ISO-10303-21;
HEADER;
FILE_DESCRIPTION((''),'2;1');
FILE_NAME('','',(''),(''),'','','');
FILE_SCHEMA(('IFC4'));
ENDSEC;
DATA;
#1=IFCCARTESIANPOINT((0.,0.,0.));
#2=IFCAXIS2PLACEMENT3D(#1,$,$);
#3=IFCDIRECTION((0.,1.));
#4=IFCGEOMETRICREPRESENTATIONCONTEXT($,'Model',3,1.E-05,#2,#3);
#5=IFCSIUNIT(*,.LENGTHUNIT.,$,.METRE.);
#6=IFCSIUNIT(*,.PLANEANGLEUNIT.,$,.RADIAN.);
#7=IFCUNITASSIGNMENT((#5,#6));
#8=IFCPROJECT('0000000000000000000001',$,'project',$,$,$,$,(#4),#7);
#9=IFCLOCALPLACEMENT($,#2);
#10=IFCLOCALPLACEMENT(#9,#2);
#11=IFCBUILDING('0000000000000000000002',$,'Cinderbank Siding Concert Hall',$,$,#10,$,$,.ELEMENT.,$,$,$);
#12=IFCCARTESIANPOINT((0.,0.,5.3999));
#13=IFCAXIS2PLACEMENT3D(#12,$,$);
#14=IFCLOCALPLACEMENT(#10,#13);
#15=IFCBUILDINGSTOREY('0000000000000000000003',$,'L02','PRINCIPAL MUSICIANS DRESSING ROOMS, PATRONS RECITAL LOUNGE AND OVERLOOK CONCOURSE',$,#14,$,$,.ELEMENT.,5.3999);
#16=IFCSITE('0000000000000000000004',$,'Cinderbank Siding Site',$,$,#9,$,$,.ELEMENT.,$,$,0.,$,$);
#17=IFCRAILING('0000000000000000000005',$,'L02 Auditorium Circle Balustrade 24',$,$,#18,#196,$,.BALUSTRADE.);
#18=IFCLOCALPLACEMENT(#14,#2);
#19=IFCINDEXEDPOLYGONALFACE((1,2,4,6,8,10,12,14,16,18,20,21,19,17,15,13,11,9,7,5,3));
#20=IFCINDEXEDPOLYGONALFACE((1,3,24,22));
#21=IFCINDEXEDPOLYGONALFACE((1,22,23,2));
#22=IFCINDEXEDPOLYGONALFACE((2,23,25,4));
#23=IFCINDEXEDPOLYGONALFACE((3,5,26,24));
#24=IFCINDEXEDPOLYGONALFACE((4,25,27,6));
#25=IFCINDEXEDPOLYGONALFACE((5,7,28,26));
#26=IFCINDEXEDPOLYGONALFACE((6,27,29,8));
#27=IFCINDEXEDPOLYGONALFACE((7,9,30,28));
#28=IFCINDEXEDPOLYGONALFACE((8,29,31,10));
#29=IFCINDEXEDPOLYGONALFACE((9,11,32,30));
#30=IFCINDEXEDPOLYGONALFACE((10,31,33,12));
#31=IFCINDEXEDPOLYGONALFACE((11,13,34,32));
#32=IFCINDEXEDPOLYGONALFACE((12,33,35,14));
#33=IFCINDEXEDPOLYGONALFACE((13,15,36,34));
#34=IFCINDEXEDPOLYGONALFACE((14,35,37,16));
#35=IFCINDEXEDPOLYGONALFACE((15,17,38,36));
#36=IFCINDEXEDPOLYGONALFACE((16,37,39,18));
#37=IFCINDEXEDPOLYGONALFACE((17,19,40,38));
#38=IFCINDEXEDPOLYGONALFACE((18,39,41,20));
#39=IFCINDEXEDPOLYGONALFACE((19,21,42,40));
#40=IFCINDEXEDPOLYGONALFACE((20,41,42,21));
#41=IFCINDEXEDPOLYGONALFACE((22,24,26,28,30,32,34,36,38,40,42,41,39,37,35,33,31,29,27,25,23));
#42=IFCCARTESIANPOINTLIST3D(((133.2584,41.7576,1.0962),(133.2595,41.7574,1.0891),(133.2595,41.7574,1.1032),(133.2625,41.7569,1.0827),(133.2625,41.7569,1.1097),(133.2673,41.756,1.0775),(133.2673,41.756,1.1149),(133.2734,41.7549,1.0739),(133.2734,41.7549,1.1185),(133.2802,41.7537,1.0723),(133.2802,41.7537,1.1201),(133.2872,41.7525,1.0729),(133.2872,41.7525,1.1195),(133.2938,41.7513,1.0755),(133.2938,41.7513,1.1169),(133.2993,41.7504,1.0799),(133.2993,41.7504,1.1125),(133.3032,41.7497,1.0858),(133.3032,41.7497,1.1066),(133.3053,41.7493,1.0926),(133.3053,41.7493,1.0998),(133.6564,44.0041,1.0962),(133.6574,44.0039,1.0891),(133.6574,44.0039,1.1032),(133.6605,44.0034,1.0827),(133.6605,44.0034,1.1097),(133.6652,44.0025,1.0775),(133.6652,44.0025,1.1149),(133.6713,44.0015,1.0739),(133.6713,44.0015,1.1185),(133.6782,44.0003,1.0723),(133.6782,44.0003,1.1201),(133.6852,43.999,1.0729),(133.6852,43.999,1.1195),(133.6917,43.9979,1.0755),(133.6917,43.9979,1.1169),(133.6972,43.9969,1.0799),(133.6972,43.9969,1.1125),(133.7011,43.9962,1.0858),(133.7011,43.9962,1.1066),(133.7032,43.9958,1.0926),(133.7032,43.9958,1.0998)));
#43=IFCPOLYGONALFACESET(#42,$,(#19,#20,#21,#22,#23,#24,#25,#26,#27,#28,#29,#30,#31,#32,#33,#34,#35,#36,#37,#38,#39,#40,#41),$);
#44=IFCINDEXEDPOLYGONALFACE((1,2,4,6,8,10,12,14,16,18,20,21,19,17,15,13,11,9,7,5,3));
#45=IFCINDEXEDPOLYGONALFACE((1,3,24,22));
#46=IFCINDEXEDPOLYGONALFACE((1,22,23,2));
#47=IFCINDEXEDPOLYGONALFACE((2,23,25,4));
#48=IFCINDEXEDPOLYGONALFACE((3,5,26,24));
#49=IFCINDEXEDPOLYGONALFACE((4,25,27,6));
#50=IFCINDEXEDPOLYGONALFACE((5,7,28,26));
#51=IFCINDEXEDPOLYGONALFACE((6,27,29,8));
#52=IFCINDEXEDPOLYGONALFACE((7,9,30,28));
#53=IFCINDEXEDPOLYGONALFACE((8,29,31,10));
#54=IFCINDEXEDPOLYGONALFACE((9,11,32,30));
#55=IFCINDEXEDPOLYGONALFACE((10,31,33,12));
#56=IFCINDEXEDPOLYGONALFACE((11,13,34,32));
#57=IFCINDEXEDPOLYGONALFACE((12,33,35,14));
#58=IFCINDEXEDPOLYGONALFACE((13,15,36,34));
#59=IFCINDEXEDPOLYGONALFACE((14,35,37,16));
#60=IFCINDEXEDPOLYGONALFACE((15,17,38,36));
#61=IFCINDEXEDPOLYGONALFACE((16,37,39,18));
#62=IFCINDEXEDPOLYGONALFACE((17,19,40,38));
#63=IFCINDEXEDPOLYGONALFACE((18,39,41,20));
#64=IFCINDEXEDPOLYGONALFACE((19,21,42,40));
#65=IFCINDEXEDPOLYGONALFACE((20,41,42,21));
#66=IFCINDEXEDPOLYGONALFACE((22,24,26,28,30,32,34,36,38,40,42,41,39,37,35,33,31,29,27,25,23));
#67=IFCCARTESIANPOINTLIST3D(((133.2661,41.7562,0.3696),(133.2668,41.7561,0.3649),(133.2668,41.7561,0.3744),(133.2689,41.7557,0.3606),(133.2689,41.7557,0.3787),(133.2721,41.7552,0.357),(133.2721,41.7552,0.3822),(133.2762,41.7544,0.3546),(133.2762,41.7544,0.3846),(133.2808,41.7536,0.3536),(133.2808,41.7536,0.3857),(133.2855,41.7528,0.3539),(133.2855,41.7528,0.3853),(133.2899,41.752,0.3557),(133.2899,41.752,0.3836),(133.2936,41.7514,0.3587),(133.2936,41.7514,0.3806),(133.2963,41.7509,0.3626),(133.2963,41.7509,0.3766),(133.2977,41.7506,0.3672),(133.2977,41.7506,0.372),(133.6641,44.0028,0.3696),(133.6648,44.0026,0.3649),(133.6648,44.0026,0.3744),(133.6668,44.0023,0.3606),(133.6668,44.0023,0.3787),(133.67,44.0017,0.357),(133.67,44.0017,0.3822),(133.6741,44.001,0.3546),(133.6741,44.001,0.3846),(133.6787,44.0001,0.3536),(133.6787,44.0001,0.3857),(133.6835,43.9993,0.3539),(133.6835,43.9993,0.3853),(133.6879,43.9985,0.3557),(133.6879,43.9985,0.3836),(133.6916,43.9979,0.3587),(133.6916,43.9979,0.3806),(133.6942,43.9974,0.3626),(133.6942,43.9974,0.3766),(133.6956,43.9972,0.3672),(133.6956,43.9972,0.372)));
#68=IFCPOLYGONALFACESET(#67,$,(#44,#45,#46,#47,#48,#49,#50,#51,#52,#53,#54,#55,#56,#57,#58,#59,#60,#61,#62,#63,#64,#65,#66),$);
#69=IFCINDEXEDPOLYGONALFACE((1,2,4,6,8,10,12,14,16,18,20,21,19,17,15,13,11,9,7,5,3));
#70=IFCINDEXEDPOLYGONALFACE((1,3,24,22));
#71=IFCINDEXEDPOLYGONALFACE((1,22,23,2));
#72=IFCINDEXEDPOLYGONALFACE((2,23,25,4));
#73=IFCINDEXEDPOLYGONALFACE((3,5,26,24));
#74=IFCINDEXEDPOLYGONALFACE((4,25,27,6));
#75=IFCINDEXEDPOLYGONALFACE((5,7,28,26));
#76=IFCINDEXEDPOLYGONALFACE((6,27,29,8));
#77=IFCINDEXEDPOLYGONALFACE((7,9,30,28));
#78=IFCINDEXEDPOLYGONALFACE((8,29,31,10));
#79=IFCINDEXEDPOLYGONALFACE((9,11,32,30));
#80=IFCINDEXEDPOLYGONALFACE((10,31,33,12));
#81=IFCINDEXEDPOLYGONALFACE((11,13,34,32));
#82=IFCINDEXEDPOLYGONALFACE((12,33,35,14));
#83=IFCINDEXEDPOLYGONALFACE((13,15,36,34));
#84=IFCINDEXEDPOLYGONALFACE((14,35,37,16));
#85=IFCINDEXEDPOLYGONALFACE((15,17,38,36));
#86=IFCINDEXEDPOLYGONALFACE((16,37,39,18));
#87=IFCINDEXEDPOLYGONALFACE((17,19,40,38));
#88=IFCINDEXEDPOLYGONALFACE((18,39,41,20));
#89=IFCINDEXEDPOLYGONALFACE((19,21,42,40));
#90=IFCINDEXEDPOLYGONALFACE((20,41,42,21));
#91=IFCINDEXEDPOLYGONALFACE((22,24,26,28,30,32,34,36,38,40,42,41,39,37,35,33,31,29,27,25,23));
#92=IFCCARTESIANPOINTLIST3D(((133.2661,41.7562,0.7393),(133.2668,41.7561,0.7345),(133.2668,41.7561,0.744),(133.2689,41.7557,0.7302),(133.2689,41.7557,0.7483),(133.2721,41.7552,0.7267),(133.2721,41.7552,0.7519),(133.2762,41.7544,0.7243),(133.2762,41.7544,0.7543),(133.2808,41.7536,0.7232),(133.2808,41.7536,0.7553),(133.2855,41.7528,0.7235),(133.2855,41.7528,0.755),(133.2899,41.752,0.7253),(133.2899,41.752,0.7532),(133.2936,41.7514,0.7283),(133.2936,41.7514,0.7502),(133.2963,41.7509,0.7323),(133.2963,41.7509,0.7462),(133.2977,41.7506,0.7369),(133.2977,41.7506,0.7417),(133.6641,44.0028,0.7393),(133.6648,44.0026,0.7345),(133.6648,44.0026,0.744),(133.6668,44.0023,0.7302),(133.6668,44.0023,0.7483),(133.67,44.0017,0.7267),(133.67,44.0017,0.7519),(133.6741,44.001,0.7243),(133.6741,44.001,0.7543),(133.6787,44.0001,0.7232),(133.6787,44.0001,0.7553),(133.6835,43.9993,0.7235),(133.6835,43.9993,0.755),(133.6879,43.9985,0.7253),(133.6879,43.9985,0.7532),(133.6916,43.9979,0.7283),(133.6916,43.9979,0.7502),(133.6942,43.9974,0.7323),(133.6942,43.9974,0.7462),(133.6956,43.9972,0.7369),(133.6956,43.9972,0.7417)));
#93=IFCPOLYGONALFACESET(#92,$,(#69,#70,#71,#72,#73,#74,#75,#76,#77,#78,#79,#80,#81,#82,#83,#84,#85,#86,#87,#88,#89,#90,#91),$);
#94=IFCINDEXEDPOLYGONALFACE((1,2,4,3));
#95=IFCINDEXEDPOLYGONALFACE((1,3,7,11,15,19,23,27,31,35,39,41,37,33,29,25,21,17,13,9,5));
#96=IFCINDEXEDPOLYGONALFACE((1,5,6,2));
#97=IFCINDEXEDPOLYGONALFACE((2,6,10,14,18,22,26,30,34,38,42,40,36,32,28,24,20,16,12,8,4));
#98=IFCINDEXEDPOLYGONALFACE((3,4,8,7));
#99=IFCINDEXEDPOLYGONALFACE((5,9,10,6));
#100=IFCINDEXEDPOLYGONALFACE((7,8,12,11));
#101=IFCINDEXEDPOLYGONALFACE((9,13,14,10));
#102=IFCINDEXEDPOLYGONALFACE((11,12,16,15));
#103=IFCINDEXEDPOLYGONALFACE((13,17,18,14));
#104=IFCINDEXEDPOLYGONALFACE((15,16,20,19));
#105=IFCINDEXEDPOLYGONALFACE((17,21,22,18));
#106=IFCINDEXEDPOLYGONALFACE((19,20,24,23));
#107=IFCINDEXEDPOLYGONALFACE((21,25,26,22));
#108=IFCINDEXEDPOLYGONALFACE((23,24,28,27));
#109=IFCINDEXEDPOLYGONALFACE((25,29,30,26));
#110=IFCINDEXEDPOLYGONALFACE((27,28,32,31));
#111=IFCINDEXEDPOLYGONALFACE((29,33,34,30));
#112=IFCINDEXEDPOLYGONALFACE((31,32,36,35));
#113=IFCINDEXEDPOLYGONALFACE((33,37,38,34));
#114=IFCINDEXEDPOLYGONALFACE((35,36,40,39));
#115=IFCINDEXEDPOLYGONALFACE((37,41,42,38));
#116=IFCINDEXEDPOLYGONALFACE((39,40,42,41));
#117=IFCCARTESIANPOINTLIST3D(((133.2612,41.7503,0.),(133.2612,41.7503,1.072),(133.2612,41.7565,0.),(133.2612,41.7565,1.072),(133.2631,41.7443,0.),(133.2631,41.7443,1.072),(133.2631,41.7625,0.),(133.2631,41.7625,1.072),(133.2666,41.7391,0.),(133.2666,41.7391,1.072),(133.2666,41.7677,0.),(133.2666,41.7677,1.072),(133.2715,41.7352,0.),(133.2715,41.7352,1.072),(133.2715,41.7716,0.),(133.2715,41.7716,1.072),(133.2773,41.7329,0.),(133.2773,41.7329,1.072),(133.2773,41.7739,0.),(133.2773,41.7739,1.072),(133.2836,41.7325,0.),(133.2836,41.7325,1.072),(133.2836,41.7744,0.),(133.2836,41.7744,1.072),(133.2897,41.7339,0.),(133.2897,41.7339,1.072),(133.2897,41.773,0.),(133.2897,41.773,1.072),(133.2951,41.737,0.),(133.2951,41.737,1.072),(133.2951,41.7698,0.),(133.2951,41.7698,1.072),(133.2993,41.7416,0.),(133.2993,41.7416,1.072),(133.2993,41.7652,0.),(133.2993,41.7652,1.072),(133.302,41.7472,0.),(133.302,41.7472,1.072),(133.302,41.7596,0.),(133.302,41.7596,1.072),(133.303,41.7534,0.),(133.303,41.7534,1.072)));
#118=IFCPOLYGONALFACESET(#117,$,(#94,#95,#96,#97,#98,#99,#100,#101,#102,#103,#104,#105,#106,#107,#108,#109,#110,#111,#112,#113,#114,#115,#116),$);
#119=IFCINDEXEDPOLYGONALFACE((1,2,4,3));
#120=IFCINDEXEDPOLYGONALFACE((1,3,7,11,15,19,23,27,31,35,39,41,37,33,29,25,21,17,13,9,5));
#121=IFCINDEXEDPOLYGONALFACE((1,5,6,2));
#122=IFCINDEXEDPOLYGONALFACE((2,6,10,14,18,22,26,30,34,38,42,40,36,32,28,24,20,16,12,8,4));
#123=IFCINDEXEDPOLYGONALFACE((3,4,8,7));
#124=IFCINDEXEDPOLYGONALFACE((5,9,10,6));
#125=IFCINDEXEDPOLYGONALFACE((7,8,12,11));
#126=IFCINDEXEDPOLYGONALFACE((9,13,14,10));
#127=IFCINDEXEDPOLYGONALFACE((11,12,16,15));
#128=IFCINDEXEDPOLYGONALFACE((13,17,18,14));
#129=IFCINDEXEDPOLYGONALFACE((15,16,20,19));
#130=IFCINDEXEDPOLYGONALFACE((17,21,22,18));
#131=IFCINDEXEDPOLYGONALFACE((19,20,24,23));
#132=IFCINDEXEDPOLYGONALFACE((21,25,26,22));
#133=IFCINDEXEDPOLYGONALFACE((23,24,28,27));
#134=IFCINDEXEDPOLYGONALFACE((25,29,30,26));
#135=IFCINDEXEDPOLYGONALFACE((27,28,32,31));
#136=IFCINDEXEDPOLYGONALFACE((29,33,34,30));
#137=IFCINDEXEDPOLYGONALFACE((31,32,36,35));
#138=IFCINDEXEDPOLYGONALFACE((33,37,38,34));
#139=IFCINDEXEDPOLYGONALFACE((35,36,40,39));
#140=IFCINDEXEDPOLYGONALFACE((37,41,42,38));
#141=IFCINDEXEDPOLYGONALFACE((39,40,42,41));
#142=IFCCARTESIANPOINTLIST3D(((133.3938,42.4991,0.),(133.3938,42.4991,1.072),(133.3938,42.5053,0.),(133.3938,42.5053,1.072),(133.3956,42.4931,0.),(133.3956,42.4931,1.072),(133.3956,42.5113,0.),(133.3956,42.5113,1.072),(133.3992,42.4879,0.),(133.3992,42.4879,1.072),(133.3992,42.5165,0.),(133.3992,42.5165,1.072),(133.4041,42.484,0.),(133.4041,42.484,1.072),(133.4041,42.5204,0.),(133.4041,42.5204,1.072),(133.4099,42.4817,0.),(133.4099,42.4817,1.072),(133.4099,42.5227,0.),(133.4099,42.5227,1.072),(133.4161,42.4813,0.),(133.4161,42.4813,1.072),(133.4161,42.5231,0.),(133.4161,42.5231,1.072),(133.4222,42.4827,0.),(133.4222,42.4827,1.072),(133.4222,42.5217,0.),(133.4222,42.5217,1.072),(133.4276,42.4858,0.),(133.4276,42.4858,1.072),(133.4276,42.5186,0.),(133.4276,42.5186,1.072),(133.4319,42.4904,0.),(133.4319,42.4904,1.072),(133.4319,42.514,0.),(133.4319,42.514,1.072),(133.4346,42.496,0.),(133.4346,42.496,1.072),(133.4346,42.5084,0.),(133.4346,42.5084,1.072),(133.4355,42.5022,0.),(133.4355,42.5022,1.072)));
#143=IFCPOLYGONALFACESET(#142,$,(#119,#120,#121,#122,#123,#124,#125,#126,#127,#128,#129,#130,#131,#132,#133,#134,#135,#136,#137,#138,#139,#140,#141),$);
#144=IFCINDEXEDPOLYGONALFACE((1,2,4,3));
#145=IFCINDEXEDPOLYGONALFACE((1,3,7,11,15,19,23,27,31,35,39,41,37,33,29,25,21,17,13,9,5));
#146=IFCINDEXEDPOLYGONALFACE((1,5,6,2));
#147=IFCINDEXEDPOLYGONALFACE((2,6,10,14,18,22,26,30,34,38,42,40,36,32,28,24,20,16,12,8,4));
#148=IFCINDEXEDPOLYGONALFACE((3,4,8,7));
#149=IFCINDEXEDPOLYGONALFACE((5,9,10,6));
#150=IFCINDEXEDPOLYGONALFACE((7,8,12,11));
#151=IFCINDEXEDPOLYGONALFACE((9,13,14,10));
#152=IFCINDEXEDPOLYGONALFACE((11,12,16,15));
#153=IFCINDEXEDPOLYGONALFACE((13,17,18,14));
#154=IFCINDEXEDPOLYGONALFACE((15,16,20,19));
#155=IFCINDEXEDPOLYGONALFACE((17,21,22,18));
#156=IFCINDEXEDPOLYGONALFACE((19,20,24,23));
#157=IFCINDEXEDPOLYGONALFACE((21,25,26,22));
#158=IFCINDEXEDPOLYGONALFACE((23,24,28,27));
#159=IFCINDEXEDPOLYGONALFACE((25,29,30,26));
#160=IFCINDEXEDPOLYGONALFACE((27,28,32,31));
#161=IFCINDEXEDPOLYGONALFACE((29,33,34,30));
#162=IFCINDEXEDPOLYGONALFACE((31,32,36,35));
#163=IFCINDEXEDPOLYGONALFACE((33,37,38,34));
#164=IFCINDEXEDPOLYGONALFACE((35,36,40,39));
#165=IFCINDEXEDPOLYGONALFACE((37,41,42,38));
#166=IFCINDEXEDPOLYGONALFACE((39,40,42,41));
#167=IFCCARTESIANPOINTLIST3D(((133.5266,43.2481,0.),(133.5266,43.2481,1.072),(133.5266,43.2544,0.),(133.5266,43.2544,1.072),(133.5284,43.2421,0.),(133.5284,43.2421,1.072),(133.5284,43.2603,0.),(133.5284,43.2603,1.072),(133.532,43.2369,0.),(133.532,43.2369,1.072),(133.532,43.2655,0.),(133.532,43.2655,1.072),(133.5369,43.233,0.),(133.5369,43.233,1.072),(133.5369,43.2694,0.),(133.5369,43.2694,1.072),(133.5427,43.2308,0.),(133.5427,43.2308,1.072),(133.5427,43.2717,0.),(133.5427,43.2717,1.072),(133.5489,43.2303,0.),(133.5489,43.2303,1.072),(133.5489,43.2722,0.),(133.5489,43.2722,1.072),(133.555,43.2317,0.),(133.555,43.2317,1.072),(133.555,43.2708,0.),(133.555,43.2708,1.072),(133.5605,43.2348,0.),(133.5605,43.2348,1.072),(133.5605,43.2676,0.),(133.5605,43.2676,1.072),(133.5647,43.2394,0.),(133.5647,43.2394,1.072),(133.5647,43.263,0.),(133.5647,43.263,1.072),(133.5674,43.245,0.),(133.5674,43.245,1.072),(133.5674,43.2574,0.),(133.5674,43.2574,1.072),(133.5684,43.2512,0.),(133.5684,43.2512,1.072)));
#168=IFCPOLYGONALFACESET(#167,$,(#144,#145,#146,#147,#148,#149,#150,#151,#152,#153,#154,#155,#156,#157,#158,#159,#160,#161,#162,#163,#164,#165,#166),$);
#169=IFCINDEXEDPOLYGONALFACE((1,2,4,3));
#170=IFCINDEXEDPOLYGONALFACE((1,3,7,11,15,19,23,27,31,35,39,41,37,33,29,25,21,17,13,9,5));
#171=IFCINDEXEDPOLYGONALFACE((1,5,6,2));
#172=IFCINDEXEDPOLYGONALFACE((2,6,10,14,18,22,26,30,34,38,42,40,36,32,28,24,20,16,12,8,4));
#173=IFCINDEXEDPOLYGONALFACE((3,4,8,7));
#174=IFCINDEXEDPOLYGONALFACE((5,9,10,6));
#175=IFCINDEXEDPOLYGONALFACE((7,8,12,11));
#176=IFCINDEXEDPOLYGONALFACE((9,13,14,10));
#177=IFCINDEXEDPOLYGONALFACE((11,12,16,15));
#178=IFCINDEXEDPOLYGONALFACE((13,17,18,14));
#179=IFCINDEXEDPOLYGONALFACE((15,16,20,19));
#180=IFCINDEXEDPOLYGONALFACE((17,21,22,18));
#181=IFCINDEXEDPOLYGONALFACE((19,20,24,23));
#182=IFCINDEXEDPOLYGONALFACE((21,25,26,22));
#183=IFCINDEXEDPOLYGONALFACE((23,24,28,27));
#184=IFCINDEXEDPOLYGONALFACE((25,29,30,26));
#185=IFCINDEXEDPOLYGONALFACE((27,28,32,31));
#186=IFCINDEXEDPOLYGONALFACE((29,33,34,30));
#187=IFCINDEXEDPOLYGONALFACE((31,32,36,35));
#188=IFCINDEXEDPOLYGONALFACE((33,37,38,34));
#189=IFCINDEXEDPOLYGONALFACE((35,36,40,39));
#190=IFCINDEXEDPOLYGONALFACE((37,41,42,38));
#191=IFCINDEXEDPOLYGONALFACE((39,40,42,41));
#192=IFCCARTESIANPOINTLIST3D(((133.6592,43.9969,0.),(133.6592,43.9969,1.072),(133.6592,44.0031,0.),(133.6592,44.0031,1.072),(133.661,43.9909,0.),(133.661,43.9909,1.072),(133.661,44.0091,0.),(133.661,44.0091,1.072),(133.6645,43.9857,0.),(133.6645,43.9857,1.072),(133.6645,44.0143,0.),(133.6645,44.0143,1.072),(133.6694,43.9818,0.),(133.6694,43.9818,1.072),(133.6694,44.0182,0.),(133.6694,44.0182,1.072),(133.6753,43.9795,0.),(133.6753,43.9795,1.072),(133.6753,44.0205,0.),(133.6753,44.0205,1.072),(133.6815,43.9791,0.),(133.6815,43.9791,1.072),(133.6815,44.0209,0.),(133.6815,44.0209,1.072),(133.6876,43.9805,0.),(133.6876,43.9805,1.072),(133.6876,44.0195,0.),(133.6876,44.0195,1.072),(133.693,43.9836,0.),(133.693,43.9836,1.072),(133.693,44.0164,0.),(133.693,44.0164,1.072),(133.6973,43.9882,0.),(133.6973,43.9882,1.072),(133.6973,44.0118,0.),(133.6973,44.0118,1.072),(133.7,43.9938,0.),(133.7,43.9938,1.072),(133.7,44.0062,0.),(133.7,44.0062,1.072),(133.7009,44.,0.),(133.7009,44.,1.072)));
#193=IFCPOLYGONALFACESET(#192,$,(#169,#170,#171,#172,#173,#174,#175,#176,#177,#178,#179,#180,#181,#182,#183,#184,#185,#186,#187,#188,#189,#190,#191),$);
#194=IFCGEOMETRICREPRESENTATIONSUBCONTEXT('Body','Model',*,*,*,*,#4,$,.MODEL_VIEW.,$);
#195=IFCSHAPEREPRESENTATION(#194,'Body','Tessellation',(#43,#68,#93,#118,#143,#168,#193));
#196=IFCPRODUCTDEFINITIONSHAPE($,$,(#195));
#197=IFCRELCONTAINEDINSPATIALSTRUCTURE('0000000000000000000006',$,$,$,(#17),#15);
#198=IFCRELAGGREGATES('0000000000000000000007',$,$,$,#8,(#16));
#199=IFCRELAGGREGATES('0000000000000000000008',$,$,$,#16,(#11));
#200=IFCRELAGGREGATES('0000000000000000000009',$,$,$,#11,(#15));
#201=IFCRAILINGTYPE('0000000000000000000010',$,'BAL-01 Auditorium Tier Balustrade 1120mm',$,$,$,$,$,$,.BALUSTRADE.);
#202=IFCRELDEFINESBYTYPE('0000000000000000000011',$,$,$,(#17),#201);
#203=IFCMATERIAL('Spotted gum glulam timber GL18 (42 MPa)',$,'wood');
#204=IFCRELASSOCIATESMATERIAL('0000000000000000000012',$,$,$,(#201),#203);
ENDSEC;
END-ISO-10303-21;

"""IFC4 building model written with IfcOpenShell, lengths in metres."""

from ifc_helpers import new_model, si_unit, direction, frame, origin, origin_2d, place, context, subcontext, project, spatial, circle, extrude, material, type_object, element, save


model = new_model("IFC4")

# Units and contexts
model_context = context("Model", 3, precision=1e-05, world=origin(), true_north=direction((0.0, 1.0)))
body_context = subcontext(model_context, "Body", "Model", "MODEL_VIEW")
ifc_project = project(units=[si_unit("LENGTHUNIT", "METRE"), si_unit("PLANEANGLEUNIT", "RADIAN")], contexts=[model_context])

# Site, building, storey
site_placement = place(None, origin())
site = spatial("IfcSite", under=ifc_project, at=site_placement, Name="Cinderbank Siding Site", CompositionType="ELEMENT", RefElevation=0.0)
building_placement = place(site_placement, origin())
building = spatial("IfcBuilding", under=site, at=building_placement, Name="Cinderbank Siding Concert Hall", CompositionType="ELEMENT")
storey_placement = place(building_placement, frame((0.0, 0.0, 5.3999)))
storey = spatial("IfcBuildingStorey", under=building, at=storey_placement, Name="L02", Description="PRINCIPAL MUSICIANS DRESSING ROOMS, PATRONS RECITAL LOUNGE AND OVERLOOK CONCOURSE", CompositionType="ELEMENT", Elevation=5.3999)

# Railing
ifc_material_1 = material(Name="Spotted gum glulam timber GL18 (42 MPa)", Category="wood")
railing_type_1 = type_object("IfcRailingType", Name="BAL-01 Auditorium Tier Balustrade 1120mm", PredefinedType="BALUSTRADE", material=ifc_material_1)
railing_1_placement = place(storey_placement, frame((133.282, 41.7534, 0.0)))
element("IfcRailing", 1, at=railing_1_placement, inside=storey, type_object=railing_type_1, Name="L02 Auditorium Circle Balustrade 24", PredefinedType="BALUSTRADE", context=body_context, shape_type="SweptSolid", body=[
    extrude(circle(Radius=0.0239, at=origin_2d()), frame((0.0, 0.0, 1.0962), z_axis=(0.17442, 0.984671, 0.0), x_axis=(-0.984671, 0.17442, 0.0)), (0.0, 0.0, 1.0), 2.2815),
    extrude(circle(Radius=0.0161, at=origin_2d()), frame((0.0, 0.0, 0.3696), z_axis=(0.17442, 0.984671, 0.0), x_axis=(-0.984671, 0.17442, 0.0)), (0.0, 0.0, 1.0), 2.2815),
    extrude(circle(Radius=0.0161, at=origin_2d()), frame((0.0, 0.0, 0.7393), z_axis=(0.17442, 0.984671, 0.0), x_axis=(-0.984671, 0.17442, 0.0)), (0.0, 0.0, 1.0), 2.2815),
    extrude(circle(Radius=0.021, at=origin_2d()), origin(), (0.0, 0.0, 1.0), 1.072),
    extrude(circle(Radius=0.021, at=origin_2d()), frame((0.1326, 0.7488, 0.0)), (0.0, 0.0, 1.0), 1.072),
    extrude(circle(Radius=0.021, at=origin_2d()), frame((0.2654, 1.4978, 0.0)), (0.0, 0.0, 1.0), 1.072),
    extrude(circle(Radius=0.021, at=origin_2d()), frame((0.3979, 2.2466, 0.0)), (0.0, 0.0, 1.0), 1.072),
])

save(model, "model.ifc")
